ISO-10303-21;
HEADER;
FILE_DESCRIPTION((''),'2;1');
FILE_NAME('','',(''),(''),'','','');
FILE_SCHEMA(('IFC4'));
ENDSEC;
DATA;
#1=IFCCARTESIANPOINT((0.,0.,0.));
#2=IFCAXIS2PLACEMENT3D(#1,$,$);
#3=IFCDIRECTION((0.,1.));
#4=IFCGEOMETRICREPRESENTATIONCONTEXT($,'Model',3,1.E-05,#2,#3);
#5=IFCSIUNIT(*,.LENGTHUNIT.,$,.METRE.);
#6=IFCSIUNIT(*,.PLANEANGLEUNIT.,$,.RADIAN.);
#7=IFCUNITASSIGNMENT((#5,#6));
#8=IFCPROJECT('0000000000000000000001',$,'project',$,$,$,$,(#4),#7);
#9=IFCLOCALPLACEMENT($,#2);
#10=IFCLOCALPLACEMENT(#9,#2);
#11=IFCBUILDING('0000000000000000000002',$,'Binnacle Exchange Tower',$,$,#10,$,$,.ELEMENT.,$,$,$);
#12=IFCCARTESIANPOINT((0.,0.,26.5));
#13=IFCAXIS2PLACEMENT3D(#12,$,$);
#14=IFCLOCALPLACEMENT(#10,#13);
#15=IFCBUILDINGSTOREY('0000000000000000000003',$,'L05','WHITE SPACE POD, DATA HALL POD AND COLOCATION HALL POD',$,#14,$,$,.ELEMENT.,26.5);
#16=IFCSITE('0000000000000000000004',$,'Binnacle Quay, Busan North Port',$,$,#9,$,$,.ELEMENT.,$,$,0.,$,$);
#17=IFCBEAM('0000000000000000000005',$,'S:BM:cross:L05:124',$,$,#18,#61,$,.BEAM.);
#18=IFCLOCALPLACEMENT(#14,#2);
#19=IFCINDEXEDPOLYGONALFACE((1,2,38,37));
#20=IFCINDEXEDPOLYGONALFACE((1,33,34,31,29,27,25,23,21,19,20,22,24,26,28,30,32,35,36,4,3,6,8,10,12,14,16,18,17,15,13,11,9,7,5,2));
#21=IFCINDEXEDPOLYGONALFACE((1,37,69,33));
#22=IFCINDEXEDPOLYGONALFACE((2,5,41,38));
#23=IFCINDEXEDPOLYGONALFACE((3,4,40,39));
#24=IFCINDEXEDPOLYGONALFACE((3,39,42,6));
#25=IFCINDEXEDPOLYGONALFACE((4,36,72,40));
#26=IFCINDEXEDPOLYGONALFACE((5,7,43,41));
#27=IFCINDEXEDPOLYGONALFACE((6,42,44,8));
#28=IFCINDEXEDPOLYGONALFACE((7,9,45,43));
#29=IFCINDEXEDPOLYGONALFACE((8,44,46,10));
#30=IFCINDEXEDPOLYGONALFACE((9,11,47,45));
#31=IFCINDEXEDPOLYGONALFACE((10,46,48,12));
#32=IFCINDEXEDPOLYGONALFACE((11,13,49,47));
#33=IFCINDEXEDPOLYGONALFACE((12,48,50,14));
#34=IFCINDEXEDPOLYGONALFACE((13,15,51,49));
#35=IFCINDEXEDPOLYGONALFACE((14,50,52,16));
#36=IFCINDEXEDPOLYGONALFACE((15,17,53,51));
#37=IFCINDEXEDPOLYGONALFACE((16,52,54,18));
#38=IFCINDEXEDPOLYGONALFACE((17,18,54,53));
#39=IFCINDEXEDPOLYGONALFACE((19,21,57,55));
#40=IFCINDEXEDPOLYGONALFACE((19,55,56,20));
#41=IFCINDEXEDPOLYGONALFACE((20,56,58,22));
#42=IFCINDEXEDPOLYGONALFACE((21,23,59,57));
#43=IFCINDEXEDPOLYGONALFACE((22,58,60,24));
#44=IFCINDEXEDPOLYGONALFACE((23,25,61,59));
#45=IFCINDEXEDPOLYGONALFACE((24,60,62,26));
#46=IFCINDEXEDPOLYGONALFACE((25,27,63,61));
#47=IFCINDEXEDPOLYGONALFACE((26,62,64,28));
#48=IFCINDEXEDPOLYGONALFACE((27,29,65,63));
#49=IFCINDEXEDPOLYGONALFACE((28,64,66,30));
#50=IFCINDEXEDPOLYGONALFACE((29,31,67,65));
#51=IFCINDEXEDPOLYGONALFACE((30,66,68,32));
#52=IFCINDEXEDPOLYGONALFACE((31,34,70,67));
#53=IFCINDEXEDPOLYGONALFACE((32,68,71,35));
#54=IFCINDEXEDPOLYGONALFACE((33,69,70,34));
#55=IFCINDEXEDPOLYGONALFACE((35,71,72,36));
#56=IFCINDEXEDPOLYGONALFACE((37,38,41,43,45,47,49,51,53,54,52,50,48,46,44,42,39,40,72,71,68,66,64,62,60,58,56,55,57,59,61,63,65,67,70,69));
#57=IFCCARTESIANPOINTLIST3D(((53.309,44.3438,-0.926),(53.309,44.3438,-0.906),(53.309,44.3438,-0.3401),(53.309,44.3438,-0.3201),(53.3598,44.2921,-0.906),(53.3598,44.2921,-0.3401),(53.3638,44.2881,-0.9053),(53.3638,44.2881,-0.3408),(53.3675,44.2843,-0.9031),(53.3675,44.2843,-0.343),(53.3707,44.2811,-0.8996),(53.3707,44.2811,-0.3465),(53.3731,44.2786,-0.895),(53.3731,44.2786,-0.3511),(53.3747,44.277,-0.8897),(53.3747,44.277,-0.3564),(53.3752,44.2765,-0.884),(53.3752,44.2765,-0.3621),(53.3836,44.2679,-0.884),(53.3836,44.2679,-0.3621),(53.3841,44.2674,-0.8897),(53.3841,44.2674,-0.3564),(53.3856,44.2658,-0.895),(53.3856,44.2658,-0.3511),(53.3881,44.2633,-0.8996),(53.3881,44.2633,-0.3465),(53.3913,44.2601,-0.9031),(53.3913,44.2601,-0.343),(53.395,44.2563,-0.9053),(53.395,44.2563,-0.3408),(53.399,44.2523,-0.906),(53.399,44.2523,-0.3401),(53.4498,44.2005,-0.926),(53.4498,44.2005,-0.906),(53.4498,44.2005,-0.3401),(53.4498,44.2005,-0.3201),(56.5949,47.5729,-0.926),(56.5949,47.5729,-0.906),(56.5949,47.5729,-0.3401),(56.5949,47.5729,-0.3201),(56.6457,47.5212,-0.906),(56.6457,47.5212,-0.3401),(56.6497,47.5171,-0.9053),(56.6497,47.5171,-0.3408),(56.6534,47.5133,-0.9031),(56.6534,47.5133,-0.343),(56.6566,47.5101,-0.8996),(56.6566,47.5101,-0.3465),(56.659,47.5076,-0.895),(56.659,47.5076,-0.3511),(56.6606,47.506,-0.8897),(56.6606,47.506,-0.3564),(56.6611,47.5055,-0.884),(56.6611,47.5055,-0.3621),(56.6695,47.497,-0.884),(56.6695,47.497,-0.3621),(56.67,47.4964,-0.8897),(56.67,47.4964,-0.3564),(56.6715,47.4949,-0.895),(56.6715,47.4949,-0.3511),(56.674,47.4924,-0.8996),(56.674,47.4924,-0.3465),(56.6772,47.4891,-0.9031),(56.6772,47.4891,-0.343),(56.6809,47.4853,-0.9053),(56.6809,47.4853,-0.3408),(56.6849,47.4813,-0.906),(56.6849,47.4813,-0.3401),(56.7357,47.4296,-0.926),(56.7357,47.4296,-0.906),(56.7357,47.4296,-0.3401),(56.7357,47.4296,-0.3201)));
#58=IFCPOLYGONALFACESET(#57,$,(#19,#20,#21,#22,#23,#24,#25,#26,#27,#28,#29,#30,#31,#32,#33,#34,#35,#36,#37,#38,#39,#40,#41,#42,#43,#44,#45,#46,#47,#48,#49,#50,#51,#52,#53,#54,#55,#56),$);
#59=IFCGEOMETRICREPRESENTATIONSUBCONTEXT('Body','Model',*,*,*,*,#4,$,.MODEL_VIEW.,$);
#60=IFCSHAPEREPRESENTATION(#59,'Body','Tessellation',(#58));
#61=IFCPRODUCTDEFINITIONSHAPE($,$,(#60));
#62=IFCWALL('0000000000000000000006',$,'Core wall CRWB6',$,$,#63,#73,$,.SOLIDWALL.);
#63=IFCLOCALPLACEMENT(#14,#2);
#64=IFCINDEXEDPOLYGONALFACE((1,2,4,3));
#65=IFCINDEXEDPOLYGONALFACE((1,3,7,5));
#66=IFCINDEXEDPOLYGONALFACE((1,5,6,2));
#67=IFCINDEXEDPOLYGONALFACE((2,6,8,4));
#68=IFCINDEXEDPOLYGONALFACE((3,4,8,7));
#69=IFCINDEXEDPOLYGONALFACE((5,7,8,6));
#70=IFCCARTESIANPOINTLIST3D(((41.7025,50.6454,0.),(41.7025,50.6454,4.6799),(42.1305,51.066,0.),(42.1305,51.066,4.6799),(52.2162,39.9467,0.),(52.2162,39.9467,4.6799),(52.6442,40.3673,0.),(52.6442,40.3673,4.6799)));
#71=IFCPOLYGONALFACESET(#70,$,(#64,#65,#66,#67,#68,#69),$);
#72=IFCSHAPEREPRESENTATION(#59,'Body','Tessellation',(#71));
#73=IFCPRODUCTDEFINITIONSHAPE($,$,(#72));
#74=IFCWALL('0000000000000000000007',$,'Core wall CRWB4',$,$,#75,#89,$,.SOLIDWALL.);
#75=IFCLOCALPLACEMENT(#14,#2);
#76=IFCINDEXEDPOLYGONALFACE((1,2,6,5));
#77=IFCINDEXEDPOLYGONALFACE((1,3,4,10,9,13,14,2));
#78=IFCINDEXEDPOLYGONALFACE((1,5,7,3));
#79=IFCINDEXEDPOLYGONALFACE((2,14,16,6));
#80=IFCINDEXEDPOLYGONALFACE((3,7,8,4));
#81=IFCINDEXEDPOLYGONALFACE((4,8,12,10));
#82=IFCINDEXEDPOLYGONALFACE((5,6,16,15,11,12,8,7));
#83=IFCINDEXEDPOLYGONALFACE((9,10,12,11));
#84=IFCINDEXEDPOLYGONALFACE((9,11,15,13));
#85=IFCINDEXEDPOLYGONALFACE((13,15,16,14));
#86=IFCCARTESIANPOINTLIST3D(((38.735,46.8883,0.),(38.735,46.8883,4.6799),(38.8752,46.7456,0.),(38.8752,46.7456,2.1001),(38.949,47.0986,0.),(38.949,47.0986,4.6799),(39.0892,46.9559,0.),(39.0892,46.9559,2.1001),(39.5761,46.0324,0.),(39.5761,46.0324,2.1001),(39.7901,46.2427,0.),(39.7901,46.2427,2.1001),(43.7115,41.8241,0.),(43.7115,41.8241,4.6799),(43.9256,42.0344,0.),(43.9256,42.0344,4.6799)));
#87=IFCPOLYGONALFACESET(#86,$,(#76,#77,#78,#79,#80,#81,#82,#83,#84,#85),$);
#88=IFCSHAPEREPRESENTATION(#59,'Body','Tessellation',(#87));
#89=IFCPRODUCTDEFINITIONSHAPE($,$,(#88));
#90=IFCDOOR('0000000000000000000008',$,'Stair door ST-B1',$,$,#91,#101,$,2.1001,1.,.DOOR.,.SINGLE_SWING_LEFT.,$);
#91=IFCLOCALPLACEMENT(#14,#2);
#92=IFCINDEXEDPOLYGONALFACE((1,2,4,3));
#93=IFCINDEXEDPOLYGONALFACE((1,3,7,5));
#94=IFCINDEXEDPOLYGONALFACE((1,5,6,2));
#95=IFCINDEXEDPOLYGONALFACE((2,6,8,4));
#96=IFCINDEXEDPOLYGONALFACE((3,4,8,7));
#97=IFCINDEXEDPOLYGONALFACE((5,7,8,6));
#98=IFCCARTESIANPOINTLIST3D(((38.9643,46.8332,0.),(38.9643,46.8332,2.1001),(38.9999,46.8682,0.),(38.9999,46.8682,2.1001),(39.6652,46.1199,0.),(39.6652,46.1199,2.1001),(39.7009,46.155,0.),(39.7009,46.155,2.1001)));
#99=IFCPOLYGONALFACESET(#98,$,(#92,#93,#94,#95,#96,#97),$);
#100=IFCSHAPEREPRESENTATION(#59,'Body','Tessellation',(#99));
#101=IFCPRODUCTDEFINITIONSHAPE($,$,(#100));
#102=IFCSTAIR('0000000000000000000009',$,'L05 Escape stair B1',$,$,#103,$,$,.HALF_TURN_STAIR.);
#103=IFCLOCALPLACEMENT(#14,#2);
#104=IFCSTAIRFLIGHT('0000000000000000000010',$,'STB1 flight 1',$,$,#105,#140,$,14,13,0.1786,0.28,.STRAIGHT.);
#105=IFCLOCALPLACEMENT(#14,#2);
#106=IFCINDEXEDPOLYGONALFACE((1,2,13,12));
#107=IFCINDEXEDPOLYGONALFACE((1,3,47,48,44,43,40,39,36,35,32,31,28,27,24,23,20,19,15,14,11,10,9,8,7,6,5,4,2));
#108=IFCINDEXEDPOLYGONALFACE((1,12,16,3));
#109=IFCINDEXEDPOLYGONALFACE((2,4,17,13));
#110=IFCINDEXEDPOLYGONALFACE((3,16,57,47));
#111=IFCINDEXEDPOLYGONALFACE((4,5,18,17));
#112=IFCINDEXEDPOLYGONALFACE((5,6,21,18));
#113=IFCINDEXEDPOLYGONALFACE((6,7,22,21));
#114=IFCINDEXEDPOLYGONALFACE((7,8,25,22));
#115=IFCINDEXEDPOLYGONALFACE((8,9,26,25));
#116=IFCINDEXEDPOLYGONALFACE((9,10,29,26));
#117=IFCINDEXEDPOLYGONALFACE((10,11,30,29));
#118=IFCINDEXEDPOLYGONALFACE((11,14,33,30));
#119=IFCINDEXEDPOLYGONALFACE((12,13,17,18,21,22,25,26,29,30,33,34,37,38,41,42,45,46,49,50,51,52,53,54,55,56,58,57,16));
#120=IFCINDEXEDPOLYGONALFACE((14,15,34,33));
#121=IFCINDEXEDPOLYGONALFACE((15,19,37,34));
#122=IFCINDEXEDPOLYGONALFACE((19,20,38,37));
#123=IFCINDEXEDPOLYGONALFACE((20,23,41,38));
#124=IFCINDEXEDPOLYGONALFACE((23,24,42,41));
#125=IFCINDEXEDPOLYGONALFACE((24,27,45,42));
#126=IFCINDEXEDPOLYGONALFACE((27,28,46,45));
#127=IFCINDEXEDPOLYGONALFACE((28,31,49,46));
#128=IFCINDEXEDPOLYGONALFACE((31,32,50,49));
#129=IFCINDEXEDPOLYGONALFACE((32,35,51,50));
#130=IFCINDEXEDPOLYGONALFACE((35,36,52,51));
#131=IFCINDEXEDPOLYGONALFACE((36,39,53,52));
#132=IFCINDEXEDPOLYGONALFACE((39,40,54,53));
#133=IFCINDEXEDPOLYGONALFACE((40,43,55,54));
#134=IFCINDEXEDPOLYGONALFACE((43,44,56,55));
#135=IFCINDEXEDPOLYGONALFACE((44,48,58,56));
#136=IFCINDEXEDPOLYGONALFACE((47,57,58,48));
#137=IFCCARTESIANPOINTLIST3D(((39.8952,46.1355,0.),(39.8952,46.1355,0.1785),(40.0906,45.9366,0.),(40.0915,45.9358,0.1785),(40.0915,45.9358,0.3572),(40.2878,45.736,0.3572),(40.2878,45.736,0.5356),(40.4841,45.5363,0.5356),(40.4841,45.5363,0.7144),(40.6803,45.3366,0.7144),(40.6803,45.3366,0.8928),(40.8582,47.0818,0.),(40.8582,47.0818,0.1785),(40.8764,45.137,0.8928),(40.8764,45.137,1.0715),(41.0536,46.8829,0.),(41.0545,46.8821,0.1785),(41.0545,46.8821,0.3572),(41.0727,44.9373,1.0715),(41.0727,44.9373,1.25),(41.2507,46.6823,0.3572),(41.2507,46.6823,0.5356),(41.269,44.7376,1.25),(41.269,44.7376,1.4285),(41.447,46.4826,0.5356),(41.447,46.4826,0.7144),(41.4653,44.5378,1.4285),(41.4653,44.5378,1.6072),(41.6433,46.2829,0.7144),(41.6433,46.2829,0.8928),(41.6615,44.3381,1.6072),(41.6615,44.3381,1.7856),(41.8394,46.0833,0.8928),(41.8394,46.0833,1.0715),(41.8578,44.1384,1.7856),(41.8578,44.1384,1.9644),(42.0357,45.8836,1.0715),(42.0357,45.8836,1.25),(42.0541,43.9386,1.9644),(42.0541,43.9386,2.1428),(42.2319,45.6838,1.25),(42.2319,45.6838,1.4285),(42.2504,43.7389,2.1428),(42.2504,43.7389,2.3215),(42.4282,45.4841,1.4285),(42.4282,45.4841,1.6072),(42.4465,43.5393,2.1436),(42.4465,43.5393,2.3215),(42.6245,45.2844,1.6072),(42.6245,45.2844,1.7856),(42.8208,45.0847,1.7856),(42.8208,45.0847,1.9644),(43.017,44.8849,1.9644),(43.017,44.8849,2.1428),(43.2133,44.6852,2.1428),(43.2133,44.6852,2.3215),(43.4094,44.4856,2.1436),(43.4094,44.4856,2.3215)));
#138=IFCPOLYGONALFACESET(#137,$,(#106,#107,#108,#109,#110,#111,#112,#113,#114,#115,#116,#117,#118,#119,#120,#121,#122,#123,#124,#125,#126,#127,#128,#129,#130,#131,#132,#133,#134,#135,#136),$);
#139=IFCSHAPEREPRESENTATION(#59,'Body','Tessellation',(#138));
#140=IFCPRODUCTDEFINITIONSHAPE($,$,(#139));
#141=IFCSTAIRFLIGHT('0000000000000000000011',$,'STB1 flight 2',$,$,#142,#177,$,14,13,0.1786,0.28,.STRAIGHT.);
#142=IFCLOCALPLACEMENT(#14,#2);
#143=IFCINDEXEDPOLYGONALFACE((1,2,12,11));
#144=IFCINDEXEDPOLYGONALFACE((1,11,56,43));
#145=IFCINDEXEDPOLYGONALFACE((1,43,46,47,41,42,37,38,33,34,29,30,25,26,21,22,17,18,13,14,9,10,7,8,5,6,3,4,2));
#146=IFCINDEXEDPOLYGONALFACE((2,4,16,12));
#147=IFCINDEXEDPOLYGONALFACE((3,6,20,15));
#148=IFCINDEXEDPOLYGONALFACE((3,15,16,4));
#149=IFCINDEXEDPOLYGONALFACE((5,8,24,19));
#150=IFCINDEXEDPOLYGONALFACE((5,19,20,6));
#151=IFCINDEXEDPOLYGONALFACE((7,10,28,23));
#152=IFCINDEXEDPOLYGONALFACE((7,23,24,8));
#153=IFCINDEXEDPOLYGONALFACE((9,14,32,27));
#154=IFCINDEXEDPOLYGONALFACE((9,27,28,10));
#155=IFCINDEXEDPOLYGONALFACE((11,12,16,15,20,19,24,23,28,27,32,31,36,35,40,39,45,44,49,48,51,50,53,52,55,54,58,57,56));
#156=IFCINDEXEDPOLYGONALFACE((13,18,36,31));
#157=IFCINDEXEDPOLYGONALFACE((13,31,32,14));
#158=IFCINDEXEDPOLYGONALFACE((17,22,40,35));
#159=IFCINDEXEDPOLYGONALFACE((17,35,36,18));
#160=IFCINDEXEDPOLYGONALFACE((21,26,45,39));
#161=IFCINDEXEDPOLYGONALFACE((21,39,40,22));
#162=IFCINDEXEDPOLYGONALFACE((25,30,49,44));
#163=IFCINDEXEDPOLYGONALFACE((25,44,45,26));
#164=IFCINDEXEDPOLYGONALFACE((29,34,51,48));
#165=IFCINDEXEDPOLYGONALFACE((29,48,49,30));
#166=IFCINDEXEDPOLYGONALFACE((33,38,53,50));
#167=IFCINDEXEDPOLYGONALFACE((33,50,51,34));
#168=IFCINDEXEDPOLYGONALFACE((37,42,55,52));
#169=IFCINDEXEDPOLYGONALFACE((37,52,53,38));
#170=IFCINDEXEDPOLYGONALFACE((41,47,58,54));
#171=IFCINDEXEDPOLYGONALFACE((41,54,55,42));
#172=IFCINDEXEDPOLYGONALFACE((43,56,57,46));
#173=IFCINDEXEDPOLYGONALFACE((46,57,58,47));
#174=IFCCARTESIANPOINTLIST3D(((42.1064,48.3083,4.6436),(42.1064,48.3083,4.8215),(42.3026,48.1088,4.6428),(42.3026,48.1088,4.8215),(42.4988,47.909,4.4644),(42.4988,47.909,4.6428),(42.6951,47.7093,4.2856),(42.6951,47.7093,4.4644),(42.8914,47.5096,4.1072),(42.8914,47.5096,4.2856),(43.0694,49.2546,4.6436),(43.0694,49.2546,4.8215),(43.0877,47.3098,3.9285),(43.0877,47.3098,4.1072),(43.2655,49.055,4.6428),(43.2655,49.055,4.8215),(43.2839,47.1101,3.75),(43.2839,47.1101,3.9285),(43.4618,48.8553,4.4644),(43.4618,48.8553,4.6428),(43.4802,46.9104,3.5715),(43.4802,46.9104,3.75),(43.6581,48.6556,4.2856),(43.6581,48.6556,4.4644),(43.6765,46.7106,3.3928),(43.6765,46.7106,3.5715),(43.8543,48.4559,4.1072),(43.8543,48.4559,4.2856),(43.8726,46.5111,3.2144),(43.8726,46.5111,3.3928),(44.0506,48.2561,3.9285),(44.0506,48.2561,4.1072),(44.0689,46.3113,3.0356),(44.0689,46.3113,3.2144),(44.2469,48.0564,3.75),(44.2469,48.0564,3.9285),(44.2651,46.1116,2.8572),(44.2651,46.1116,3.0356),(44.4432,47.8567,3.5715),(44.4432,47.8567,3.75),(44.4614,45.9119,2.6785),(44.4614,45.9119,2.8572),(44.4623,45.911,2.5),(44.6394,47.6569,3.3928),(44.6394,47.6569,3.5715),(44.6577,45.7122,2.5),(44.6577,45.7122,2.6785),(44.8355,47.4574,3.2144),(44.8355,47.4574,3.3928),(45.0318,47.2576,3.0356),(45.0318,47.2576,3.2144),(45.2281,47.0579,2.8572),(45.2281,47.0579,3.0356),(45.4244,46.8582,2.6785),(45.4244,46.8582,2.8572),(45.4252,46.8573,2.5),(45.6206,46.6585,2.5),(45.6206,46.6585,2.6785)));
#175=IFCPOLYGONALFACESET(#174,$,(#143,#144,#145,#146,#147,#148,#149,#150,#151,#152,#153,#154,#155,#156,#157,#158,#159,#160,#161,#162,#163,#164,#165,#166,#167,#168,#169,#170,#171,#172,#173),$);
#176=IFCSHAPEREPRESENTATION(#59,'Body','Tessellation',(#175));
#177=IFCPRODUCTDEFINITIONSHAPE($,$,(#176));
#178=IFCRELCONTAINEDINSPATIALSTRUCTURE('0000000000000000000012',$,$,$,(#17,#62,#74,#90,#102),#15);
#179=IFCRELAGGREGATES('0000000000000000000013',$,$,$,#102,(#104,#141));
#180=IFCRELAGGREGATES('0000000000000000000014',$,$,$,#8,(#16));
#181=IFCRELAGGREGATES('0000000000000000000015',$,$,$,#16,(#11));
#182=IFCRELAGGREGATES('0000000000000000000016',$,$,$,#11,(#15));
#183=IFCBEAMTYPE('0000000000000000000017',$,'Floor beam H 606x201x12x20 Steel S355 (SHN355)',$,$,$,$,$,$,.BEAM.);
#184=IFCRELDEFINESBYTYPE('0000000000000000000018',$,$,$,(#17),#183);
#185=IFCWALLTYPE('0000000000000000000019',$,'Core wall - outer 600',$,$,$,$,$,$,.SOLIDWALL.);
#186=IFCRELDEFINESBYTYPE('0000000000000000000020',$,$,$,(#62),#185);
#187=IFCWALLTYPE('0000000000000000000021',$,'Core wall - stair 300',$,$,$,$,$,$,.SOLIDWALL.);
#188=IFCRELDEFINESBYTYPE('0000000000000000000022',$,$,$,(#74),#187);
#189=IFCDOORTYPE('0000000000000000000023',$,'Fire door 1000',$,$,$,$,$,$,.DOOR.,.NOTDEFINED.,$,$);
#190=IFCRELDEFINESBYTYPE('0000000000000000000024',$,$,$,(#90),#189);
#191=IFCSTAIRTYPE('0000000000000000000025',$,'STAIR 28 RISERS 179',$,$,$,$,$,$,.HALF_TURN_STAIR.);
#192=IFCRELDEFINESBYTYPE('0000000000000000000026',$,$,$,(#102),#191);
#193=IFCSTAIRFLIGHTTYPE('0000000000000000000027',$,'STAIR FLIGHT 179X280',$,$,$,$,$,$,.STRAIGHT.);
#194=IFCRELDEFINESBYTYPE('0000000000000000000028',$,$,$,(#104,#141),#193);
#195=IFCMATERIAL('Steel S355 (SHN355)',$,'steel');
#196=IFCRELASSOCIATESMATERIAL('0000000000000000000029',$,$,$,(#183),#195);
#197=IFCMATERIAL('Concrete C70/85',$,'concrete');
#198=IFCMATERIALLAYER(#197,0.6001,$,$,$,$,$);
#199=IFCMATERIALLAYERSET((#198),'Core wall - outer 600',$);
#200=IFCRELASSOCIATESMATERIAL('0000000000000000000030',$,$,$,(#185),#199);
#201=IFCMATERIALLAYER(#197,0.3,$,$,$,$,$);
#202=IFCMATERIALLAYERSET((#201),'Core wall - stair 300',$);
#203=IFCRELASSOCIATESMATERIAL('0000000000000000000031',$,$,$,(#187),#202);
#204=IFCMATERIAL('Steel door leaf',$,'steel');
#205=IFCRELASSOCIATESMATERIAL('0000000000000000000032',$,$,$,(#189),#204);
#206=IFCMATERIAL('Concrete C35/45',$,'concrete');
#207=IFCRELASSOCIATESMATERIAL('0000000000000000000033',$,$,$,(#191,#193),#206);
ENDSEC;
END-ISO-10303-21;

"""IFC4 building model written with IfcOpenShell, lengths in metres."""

from ifc_helpers import new_model, si_unit, direction, frame, frame_2d, origin, origin_2d, place, context, subcontext, project, spatial, polyline, rectangle, i_section, outline, extrude, material, layer, layer_set, material_profile, profile_set, type_object, element, fill, aggregate, save


model = new_model("IFC4")

# Units and contexts
model_context = context("Model", 3, precision=1e-05, world=origin(), true_north=direction((0.0, 1.0)))
body_context = subcontext(model_context, "Body", "Model", "MODEL_VIEW")
ifc_project = project(units=[si_unit("LENGTHUNIT", "METRE"), si_unit("PLANEANGLEUNIT", "RADIAN")], contexts=[model_context])

# Site, building, storey
site_placement = place(None, origin())
site = spatial("IfcSite", under=ifc_project, at=site_placement, Name="Binnacle Quay, Busan North Port", CompositionType="ELEMENT", RefElevation=0.0)
building_placement = place(site_placement, origin())
building = spatial("IfcBuilding", under=site, at=building_placement, Name="Binnacle Exchange Tower", CompositionType="ELEMENT")
storey_placement = place(building_placement, frame((0.0, 0.0, 26.5)))
storey = spatial("IfcBuildingStorey", under=building, at=storey_placement, Name="L05", Description="WHITE SPACE POD, DATA HALL POD AND COLOCATION HALL POD", CompositionType="ELEMENT", Elevation=26.5)

# Shared definitions
ifc_material_1 = material(Name="Concrete C70/85", Category="concrete")

# Beam
ifc_material_2 = material(Name="Steel S355 (SHN355)", Category="steel")
ifc_material_profile_1 = material_profile(ifc_material_2, i_section(OverallWidth=0.2009, OverallDepth=0.606, WebThickness=0.012, FlangeThickness=0.02, FilletRadius=0.022, at=origin_2d()), Name="H 606x201x12x20")
ifc_profile_set_1 = profile_set([ifc_material_profile_1], Name="Steel S355 (SHN355)")
beam_type_1 = type_object("IfcBeamType", Name="Floor beam H 606x201x12x20 Steel S355 (SHN355)", PredefinedType="BEAM", material=ifc_profile_set_1)
beam_1_placement = place(storey_placement, frame((56.6653, 47.5012, -0.623), z_axis=(-0.713254, -0.700906, 0.0), x_axis=(0.700906, -0.713254, 0.0)))
element("IfcBeam", 1, at=beam_1_placement, inside=storey, type_object=beam_type_1, Name="S:BM:cross:L05:124", PredefinedType="BEAM", context=body_context, shape_type="SweptSolid", body=[
    extrude(i_section(OverallWidth=0.2009, OverallDepth=0.606, WebThickness=0.012, FlangeThickness=0.02, FilletRadius=0.022, at=origin_2d()), origin(), (0.0, 0.0, 1.0), 4.6069),
])

# Wall
ifc_layer_1 = layer(ifc_material_1, 0.6001)
ifc_layer_set_1 = layer_set([ifc_layer_1], Name="Core wall - outer 600")
wall_type_1 = type_object("IfcWallType", Name="Core wall - outer 600", PredefinedType="SOLIDWALL", material=ifc_layer_set_1)
wall_1_placement = place(storey_placement, frame((41.9165, 50.8557, 0.0), z_axis=(0.0, 0.0, 1.0), x_axis=(0.700911, -0.713248, 0.0)))
element("IfcWall", 2, at=wall_1_placement, inside=storey, type_object=wall_type_1, Name="Core wall CRWB6", PredefinedType="SOLIDWALL", context=body_context, shape_type="SweptSolid", body=[
    extrude(rectangle(XDim=15.0, YDim=0.6001, at=frame_2d((7.5, 0.0))), origin(), (0.0, 0.0, 1.0), 4.6799),
])

# Wall, opening, door
ifc_layer_2 = layer(ifc_material_1, 0.3)
ifc_layer_set_2 = layer_set([ifc_layer_2], Name="Core wall - stair 300")
wall_type_2 = type_object("IfcWallType", Name="Core wall - stair 300", PredefinedType="SOLIDWALL", material=ifc_layer_set_2)
wall_2_placement = place(storey_placement, frame((38.842, 46.9934, 0.0), z_axis=(0.0, 0.0, 1.0), x_axis=(0.700908, -0.713252, 0.0)))
wall_2 = element("IfcWall", 3, at=wall_2_placement, inside=storey, type_object=wall_type_2, Name="Core wall CRWB4", PredefinedType="SOLIDWALL", context=body_context, shape_type="SweptSolid", body=[
    extrude(rectangle(XDim=7.1001, YDim=0.3, at=frame_2d((3.55, 0.0))), origin(), (0.0, 0.0, 1.0), 4.6799),
])
opening_placement = place(wall_2_placement, frame((0.2, 0.0, 0.0)))
opening = element("IfcOpeningElement", 4, at=opening_placement, cuts=wall_2, PredefinedType="OPENING", context=body_context, shape_type="SweptSolid", body=[
    extrude(rectangle(XDim=1.0, YDim=2.1001, at=frame_2d((0.5, 1.05))), frame((0.0, 0.1599, 0.0), z_axis=(0.0, -1.0, 0.0), x_axis=(1.0, 0.0, 0.0)), (0.0, 0.0, 1.0), 0.3201),
])
ifc_material_3 = material(Name="Steel door leaf", Category="steel")
door_type = type_object("IfcDoorType", Name="Fire door 1000", OperationType="NOTDEFINED", PredefinedType="DOOR", material=ifc_material_3)
door_placement = place(opening_placement, origin())
door = element("IfcDoor", 5, at=door_placement, inside=storey, type_object=door_type, Name="Stair door ST-B1", OperationType="SINGLE_SWING_LEFT", OverallHeight=2.1001, OverallWidth=1.0, PredefinedType="DOOR", context=body_context, shape_type="SweptSolid", body=[
    extrude(rectangle(XDim=1.0, YDim=2.1001, at=frame_2d((0.5, 1.05))), frame((0.0, 0.0249, 0.0), z_axis=(0.0, -1.0, 0.0), x_axis=(1.0, 0.0, 0.0)), (0.0, 0.0, 1.0), 0.05),
])
fill(opening, door)

# Stair, stair flights
ifc_material_4 = material(Name="Concrete C35/45", Category="concrete")
stair_type = type_object("IfcStairType", Name="STAIR 28 RISERS 179", PredefinedType="HALF_TURN_STAIR", material=ifc_material_4)
stair_placement = place(storey_placement, origin())
stair = element("IfcStair", 6, at=stair_placement, inside=storey, type_object=stair_type, Name="L05 Escape stair B1", PredefinedType="HALF_TURN_STAIR")
stair_flight_type = type_object("IfcStairFlightType", Name="STAIR FLIGHT 179X280", PredefinedType="STRAIGHT", material=ifc_material_4)
stair_flight_1_placement = place(storey_placement, frame((40.3767, 46.6086, 0.0), z_axis=(0.0, 0.0, 1.0), x_axis=(0.700909, -0.71325, 0.0)))
stair_flight_1 = element("IfcStairFlight", 7, at=stair_flight_1_placement, type_object=stair_flight_type, Name="STB1 flight 1", NumberOfRisers=14, NumberOfTreads=13, PredefinedType="STRAIGHT", RiserHeight=0.1786, TreadLength=0.28, context=body_context, shape_type="SweptSolid", body=[
    extrude(outline(polyline([(0.0, 0.0), (0.0, 0.1785), (0.28, 0.1785), (0.28, 0.3572), (0.5601, 0.3572), (0.5601, 0.5356), (0.8401, 0.5356), (0.8401, 0.7144), (1.1201, 0.7144), (1.1201, 0.8928), (1.3999, 0.8928), (1.3999, 1.0715), (1.6799, 1.0715), (1.6799, 1.25), (1.96, 1.25), (1.96, 1.4285), (2.24, 1.4285), (2.24, 1.6072), (2.52, 1.6072), (2.52, 1.7856), (2.8, 1.7856), (2.8, 1.9644), (3.0801, 1.9644), (3.0801, 2.1428), (3.3601, 2.1428), (3.3601, 2.3215), (3.6399, 2.3215), (3.6399, 2.5), (3.6399, 2.1436), (0.2788, 0.0), (0.0, 0.0)])), frame((0.0, 0.675, 0.0), z_axis=(0.0, -1.0, 0.0), x_axis=(1.0, 0.0, 0.0)), (0.0, 0.0, 1.0), 1.3501),
])
stair_flight_2_placement = place(storey_placement, frame((45.1392, 46.1853, 2.5), z_axis=(0.0, 0.0, 1.0), x_axis=(-0.700909, 0.71325, 0.0)))
stair_flight_2 = element("IfcStairFlight", 8, at=stair_flight_2_placement, type_object=stair_flight_type, Name="STB1 flight 2", NumberOfRisers=14, NumberOfTreads=13, PredefinedType="STRAIGHT", RiserHeight=0.1786, TreadLength=0.28, context=body_context, shape_type="SweptSolid", body=[
    extrude(outline(polyline([(0.0, 0.0), (0.0, 0.1785), (0.28, 0.1785), (0.28, 0.3572), (0.5601, 0.3572), (0.5601, 0.5356), (0.8401, 0.5356), (0.8401, 0.7144), (1.1201, 0.7144), (1.1201, 0.8928), (1.3999, 0.8928), (1.3999, 1.0715), (1.6799, 1.0715), (1.6799, 1.25), (1.96, 1.25), (1.96, 1.4285), (2.24, 1.4285), (2.24, 1.6072), (2.52, 1.6072), (2.52, 1.7856), (2.8, 1.7856), (2.8, 1.9644), (3.0801, 1.9644), (3.0801, 2.1428), (3.3601, 2.1428), (3.3601, 2.3215), (3.6399, 2.3215), (3.6399, 2.5), (3.6399, 2.1436), (0.2788, 0.0), (0.0, 0.0)])), frame((0.0, 0.675, 0.0), z_axis=(0.0, -1.0, 0.0), x_axis=(1.0, 0.0, 0.0)), (0.0, 0.0, 1.0), 1.3501),
])
aggregate(stair, [stair_flight_1, stair_flight_2])

save(model, "model.ifc")
